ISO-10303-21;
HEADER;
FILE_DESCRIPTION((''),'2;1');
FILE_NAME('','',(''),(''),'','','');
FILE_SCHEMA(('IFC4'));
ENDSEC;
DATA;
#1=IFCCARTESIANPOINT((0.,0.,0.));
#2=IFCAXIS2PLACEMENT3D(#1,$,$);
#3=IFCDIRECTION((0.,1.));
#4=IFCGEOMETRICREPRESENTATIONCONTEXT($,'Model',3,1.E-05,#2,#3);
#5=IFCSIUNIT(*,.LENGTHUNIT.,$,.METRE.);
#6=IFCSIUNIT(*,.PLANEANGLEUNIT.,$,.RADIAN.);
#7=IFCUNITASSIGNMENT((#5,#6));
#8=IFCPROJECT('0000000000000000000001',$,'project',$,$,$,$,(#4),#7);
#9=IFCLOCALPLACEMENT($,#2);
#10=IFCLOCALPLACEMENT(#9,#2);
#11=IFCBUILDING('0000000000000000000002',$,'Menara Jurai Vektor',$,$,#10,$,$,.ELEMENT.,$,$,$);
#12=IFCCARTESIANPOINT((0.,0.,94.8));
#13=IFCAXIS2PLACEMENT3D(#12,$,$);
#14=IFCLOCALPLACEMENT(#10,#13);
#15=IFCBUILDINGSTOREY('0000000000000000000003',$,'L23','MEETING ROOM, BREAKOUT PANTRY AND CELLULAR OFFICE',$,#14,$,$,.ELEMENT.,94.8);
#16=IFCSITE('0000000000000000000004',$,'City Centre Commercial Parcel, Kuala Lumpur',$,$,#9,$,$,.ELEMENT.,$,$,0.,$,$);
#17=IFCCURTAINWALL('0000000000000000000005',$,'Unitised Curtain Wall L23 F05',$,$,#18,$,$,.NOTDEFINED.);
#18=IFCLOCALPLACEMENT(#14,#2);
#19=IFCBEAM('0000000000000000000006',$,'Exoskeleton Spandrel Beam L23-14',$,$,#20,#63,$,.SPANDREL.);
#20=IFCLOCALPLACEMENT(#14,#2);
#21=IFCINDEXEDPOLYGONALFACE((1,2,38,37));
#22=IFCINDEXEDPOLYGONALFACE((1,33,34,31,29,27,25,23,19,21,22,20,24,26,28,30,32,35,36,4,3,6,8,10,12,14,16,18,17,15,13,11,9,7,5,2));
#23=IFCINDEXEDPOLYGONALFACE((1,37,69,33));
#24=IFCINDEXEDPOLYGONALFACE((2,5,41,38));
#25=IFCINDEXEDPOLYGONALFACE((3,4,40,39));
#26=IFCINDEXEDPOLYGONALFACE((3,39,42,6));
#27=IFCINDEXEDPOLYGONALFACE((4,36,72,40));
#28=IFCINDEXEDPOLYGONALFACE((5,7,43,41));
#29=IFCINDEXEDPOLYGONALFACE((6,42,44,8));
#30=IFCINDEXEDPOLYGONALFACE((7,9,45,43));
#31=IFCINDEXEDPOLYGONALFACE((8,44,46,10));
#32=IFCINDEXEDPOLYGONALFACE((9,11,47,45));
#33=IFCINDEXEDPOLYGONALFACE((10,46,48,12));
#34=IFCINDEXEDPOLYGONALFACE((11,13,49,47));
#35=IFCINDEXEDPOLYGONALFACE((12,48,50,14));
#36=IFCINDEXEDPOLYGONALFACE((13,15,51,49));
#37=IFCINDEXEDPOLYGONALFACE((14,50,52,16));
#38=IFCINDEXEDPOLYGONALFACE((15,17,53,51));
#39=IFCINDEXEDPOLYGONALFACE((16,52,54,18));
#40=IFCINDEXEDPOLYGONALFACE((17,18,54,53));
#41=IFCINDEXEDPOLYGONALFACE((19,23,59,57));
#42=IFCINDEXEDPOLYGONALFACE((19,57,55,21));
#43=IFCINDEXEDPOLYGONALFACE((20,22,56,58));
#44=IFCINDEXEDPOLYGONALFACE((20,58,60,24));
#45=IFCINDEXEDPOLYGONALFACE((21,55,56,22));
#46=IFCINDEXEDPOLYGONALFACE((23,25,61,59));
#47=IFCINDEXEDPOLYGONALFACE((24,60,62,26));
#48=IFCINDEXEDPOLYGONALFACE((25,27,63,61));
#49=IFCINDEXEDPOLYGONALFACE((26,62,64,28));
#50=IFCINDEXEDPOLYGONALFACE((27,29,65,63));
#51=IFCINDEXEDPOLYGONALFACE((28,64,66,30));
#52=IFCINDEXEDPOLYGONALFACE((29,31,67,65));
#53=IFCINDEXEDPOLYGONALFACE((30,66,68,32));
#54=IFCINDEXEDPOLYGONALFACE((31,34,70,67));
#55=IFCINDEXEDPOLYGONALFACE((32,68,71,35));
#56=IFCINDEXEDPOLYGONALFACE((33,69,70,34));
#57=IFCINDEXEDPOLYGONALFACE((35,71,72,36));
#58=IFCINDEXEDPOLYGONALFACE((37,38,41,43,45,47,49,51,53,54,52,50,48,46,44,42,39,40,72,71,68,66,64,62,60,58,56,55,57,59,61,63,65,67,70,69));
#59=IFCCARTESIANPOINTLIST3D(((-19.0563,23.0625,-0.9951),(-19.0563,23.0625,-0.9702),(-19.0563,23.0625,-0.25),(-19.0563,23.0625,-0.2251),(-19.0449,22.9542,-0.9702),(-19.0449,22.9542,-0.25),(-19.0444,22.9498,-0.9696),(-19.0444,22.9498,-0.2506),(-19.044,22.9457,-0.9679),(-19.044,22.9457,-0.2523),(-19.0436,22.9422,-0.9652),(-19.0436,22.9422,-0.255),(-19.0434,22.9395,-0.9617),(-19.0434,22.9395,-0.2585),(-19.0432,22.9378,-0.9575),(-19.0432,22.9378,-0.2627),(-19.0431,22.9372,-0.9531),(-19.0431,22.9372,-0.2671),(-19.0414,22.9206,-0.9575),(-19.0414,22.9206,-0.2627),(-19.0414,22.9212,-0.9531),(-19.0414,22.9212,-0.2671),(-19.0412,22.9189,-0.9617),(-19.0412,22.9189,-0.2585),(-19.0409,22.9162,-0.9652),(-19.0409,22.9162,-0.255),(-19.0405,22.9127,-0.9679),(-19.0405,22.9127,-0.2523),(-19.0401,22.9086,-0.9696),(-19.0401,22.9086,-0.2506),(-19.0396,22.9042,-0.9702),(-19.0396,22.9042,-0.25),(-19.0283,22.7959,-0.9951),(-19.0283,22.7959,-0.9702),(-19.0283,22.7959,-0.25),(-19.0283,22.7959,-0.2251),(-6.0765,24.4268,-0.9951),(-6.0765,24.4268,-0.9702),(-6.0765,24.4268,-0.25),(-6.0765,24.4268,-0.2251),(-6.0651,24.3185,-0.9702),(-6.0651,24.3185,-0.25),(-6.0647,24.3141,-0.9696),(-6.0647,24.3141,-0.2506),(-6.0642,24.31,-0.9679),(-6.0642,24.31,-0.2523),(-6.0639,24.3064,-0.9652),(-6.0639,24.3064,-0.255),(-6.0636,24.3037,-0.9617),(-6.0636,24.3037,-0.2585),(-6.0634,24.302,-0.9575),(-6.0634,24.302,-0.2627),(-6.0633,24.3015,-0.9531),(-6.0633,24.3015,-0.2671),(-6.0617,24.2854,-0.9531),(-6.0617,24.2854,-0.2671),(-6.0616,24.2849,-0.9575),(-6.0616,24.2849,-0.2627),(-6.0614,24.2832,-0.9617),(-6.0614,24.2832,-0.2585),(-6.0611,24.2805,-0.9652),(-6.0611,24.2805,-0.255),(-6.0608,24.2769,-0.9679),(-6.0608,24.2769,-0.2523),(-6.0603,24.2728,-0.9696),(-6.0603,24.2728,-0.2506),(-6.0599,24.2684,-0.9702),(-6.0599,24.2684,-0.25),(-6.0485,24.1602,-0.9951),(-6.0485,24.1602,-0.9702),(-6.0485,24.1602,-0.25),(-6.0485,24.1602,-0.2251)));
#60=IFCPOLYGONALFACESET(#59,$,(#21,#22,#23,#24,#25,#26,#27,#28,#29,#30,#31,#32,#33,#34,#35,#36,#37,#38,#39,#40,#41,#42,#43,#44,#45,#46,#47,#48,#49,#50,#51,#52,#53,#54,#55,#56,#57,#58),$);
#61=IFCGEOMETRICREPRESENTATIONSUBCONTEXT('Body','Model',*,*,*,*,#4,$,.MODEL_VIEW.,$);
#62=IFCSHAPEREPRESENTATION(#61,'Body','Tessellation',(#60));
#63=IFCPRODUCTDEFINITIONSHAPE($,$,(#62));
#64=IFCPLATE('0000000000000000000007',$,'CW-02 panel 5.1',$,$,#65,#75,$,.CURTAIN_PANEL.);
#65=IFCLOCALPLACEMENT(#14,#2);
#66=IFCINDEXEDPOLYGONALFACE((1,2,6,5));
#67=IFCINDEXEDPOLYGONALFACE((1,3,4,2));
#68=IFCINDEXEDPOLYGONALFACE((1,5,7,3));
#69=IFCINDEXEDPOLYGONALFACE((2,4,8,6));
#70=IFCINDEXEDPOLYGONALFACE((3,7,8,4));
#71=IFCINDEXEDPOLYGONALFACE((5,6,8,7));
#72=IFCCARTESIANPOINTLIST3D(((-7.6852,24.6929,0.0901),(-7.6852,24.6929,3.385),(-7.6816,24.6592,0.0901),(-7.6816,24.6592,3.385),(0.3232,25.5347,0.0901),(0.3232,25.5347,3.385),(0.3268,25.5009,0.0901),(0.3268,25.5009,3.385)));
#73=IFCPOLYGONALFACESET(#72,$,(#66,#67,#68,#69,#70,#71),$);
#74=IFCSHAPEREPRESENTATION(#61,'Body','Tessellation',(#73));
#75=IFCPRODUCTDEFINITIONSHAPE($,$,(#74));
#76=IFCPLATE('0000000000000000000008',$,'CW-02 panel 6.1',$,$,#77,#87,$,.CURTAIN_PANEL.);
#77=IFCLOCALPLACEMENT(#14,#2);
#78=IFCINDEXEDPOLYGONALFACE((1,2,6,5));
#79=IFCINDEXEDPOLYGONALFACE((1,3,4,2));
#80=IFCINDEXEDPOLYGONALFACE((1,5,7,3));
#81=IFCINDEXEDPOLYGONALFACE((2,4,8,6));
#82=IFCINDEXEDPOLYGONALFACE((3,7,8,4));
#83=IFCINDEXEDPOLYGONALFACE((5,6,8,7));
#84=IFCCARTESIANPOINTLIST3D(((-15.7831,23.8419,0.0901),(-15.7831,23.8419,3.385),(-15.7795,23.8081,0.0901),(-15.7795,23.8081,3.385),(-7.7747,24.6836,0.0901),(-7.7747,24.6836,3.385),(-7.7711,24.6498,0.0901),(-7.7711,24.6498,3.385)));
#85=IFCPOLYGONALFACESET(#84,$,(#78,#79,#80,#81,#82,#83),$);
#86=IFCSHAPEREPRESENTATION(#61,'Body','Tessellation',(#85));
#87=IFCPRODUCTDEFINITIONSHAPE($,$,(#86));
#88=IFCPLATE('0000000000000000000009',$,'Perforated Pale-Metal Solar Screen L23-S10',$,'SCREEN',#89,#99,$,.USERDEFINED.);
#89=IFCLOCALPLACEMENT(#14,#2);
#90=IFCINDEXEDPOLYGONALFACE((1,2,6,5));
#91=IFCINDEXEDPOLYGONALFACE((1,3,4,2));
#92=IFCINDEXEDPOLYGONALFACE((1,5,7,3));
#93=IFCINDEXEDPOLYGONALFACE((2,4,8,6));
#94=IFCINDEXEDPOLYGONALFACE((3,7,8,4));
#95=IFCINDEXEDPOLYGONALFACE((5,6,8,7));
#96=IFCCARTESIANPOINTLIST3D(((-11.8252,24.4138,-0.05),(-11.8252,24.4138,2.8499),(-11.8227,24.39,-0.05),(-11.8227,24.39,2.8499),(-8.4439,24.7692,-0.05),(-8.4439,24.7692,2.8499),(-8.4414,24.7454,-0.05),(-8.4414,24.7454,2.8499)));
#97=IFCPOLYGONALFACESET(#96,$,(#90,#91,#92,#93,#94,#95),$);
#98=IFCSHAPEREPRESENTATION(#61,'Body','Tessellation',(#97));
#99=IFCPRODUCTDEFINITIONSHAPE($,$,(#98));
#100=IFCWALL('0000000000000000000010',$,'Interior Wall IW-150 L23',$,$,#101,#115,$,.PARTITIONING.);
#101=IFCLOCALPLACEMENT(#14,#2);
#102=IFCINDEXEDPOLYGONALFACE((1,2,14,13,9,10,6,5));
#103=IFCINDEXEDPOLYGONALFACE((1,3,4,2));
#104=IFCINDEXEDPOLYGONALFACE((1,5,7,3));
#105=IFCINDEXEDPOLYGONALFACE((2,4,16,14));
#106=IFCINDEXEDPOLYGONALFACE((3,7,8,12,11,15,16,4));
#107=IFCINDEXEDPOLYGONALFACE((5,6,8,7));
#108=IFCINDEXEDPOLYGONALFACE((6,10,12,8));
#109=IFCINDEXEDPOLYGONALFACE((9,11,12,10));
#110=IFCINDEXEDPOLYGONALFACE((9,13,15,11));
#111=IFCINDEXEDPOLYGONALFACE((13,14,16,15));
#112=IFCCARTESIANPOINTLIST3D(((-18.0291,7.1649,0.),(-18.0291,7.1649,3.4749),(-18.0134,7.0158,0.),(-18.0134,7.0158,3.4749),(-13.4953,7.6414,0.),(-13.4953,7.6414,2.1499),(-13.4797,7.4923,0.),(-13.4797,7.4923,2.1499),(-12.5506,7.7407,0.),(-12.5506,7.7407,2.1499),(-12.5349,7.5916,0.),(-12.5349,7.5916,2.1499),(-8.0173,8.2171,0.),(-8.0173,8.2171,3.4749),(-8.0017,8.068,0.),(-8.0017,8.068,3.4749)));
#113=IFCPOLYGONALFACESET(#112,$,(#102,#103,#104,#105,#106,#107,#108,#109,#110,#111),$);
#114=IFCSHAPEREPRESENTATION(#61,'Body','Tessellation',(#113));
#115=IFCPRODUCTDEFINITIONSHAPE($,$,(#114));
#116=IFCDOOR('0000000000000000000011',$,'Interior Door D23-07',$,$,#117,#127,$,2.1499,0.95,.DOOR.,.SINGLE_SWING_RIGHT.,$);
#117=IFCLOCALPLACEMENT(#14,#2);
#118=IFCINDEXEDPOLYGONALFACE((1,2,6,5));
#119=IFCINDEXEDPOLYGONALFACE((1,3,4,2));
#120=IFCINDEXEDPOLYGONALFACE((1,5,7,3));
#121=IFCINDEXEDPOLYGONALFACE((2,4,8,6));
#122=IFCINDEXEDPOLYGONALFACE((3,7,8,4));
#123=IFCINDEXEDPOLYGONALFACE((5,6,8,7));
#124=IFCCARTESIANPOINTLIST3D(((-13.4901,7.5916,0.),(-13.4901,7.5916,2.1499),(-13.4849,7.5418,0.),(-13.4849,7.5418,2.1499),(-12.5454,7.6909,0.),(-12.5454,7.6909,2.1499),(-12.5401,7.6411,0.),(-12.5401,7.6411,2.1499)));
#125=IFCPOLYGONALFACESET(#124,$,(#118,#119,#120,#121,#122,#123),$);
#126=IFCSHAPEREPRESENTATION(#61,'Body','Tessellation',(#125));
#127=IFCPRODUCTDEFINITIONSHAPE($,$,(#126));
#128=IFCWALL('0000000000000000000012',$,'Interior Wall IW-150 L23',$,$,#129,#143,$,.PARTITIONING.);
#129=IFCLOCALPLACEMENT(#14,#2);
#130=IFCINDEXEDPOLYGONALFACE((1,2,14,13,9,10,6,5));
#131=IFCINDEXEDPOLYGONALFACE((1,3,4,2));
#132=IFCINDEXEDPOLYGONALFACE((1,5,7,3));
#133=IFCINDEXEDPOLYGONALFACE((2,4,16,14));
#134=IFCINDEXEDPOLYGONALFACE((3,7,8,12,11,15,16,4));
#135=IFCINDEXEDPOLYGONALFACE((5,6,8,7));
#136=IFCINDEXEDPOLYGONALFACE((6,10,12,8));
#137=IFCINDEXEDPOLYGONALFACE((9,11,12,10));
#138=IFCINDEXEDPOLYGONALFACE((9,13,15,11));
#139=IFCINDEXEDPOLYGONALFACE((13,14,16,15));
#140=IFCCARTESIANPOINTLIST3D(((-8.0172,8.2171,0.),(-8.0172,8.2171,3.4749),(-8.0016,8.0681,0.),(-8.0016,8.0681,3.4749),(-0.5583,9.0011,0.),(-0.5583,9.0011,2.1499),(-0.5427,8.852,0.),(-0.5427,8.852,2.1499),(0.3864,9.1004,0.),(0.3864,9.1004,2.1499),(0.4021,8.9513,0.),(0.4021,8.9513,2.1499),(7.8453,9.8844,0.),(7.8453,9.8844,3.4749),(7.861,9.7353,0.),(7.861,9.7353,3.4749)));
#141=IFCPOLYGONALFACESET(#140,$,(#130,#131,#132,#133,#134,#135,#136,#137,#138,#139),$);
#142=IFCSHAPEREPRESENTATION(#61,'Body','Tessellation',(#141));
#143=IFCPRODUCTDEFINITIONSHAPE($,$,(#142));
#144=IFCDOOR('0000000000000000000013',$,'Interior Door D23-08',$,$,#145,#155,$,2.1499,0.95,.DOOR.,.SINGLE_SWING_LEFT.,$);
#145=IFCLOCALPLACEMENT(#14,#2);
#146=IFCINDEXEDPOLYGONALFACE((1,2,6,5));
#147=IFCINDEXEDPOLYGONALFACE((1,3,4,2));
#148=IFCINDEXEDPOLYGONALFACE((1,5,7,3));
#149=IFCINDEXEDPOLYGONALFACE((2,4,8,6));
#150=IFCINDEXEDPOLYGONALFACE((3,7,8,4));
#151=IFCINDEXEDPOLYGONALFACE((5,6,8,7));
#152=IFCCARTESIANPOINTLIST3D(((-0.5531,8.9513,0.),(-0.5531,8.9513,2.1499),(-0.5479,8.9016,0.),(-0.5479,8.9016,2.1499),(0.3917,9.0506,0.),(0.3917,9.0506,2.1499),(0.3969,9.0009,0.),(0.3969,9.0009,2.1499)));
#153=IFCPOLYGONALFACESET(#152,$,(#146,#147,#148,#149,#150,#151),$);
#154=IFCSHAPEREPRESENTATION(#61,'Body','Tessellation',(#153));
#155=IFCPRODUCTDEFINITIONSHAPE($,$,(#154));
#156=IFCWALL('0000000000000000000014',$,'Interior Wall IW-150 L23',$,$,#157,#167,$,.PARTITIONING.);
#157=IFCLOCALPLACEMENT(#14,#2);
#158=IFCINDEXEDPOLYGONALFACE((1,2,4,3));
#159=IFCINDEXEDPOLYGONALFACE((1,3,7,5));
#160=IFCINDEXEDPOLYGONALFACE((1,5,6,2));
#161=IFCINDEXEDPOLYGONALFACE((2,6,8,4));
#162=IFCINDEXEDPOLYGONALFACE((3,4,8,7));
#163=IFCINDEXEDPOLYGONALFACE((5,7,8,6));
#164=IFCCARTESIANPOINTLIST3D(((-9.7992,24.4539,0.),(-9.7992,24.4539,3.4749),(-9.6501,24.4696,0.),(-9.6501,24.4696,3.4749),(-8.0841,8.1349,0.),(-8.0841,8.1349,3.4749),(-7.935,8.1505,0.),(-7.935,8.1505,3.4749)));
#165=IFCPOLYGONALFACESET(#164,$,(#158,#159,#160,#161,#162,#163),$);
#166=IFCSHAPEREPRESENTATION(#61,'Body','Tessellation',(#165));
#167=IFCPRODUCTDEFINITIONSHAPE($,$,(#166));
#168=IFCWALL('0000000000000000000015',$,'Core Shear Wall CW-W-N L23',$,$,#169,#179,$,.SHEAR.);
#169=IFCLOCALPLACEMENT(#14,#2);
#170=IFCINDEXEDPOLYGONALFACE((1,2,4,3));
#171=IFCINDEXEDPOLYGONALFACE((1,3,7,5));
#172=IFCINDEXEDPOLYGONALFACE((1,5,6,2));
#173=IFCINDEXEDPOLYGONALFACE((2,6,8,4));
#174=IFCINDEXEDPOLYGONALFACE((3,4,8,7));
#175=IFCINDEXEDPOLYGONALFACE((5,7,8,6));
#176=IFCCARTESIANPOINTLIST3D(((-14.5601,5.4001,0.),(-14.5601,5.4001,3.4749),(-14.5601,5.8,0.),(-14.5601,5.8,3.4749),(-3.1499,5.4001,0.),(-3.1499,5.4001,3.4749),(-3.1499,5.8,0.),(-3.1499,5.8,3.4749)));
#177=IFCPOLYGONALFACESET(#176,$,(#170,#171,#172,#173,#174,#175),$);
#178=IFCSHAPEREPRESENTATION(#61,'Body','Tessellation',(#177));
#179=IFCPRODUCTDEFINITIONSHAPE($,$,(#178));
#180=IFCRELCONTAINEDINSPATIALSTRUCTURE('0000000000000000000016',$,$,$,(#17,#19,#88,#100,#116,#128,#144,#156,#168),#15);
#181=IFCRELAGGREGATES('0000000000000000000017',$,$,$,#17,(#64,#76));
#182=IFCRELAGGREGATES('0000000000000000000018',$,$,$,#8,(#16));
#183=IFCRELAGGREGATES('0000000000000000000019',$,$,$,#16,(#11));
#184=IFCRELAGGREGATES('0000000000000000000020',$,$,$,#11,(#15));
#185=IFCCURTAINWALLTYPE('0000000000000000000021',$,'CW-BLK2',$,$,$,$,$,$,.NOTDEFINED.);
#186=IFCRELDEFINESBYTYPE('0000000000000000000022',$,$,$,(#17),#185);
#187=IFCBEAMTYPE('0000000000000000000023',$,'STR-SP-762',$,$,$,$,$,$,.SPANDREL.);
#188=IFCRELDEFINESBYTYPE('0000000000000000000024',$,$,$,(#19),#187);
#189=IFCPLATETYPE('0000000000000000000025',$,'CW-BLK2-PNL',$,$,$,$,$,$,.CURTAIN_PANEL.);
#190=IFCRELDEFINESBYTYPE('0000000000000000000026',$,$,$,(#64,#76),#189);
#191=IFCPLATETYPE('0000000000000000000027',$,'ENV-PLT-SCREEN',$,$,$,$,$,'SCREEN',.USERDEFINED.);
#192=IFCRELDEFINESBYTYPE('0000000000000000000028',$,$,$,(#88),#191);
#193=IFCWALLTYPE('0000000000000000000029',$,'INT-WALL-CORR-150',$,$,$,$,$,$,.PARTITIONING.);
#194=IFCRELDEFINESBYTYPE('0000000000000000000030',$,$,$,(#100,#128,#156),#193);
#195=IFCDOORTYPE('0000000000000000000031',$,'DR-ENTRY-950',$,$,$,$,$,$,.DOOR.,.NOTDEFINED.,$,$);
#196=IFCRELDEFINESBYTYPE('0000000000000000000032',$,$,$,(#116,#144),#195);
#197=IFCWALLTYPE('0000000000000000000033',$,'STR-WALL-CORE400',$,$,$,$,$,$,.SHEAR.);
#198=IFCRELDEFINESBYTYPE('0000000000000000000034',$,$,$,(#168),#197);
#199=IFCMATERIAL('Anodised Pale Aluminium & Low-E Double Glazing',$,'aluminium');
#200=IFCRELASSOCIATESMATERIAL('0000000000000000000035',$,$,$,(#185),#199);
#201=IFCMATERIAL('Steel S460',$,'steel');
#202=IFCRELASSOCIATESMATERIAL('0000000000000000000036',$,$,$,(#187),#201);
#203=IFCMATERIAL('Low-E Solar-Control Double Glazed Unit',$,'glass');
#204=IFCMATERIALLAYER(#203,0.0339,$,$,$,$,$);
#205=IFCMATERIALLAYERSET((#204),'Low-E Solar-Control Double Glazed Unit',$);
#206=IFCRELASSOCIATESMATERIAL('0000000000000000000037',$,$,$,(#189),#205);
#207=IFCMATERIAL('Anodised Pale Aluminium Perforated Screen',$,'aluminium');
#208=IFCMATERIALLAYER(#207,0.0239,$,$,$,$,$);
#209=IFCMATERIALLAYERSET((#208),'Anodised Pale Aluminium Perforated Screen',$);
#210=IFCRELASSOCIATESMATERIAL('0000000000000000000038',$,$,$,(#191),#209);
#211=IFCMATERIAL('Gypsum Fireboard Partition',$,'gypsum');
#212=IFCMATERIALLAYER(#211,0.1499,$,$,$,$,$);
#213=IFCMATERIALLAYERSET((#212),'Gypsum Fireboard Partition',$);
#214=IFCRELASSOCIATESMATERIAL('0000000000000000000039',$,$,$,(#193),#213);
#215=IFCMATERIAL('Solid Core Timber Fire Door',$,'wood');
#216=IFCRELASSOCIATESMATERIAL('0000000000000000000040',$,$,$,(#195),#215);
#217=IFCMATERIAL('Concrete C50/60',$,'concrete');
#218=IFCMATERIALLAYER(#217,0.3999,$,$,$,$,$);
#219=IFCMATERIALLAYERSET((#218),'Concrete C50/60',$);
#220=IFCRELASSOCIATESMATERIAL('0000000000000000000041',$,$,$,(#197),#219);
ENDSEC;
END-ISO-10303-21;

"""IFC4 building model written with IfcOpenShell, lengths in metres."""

from ifc_helpers import new_model, si_unit, direction, frame, frame_2d, origin, origin_2d, place, context, subcontext, project, spatial, rectangle, i_section, extrude, material, layer, layer_set, material_profile, profile_set, type_object, element, fill, aggregate, save


model = new_model("IFC4")

# Units and contexts
model_context = context("Model", 3, precision=1e-05, world=origin(), true_north=direction((0.0, 1.0)))
body_context = subcontext(model_context, "Body", "Model", "MODEL_VIEW")
ifc_project = project(units=[si_unit("LENGTHUNIT", "METRE"), si_unit("PLANEANGLEUNIT", "RADIAN")], contexts=[model_context])

# Site, building, storey
site_placement = place(None, origin())
site = spatial("IfcSite", under=ifc_project, at=site_placement, Name="City Centre Commercial Parcel, Kuala Lumpur", CompositionType="ELEMENT", RefElevation=0.0)
building_placement = place(site_placement, origin())
building = spatial("IfcBuilding", under=site, at=building_placement, Name="Menara Jurai Vektor", CompositionType="ELEMENT")
storey_placement = place(building_placement, frame((0.0, 0.0, 94.8)))
storey = spatial("IfcBuildingStorey", under=building, at=storey_placement, Name="L23", Description="MEETING ROOM, BREAKOUT PANTRY AND CELLULAR OFFICE", CompositionType="ELEMENT", Elevation=94.8)

# Shared definitions
ifc_material_1 = material(Name="Steel S460", Category="steel")

# Curtain wall
ifc_material_2 = material(Name="Anodised Pale Aluminium & Low-E Double Glazing", Category="aluminium")
curtain_wall_type = type_object("IfcCurtainWallType", Name="CW-BLK2", PredefinedType="NOTDEFINED", material=ifc_material_2)
curtain_wall_placement = place(storey_placement, origin())
curtain_wall = element("IfcCurtainWall", 1, at=curtain_wall_placement, inside=storey, type_object=curtain_wall_type, Name="Unitised Curtain Wall L23 F05", PredefinedType="NOTDEFINED")

# Beam
ifc_material_profile_1 = material_profile(ifc_material_1, i_section(OverallWidth=0.2681, OverallDepth=0.77, WebThickness=0.0161, FlangeThickness=0.0249, FilletRadius=0.0171, at=origin_2d()), Name="UKB 762x267x197")
ifc_profile_set_1 = profile_set([ifc_material_profile_1], Name="Steel S460")
beam_type_1 = type_object("IfcBeamType", Name="STR-SP-762", PredefinedType="SPANDREL", material=ifc_profile_set_1)
beam_1_placement = place(storey_placement, frame((-6.0625, 24.2935, -0.6101), z_axis=(-0.994522, -0.104531, 0.0), x_axis=(0.104531, -0.994522, 0.0)))
element("IfcBeam", 2, at=beam_1_placement, inside=storey, type_object=beam_type_1, Name="Exoskeleton Spandrel Beam L23-14", PredefinedType="SPANDREL", context=body_context, shape_type="SweptSolid", body=[
    extrude(i_section(OverallWidth=0.2681, OverallDepth=0.77, WebThickness=0.0161, FlangeThickness=0.0249, FilletRadius=0.0171, at=origin_2d()), origin(), (0.0, 0.0, 1.0), 13.0513),
])

# Plates
ifc_material_3 = material(Name="Low-E Solar-Control Double Glazed Unit", Category="glass")
ifc_layer_1 = layer(ifc_material_3, 0.0339)
ifc_layer_set_1 = layer_set([ifc_layer_1], Name="Low-E Solar-Control Double Glazed Unit")
plate_type_1 = type_object("IfcPlateType", Name="CW-BLK2-PNL", PredefinedType="CURTAIN_PANEL", material=ifc_layer_set_1)
plate_1_placement = place(storey_placement, frame((-3.6792, 25.0969, 0.0901), z_axis=(0.0, 0.0, 1.0), x_axis=(-0.994522, -0.104529, 0.0)))
plate_1 = element("IfcPlate", 3, at=plate_1_placement, type_object=plate_type_1, Name="CW-02 panel 5.1", PredefinedType="CURTAIN_PANEL", context=body_context, shape_type="SweptSolid", body=[
    extrude(rectangle(XDim=8.0525, YDim=0.0339, at=origin_2d()), origin(), (0.0, 0.0, 1.0), 3.2949),
])
plate_2_placement = place(storey_placement, frame((-11.7771, 24.2458, 0.0901), z_axis=(0.0, 0.0, 1.0), x_axis=(-0.994522, -0.104529, 0.0)))
plate_2 = element("IfcPlate", 4, at=plate_2_placement, type_object=plate_type_1, Name="CW-02 panel 6.1", PredefinedType="CURTAIN_PANEL", context=body_context, shape_type="SweptSolid", body=[
    extrude(rectangle(XDim=8.0525, YDim=0.0339, at=origin_2d()), origin(), (0.0, 0.0, 1.0), 3.2949),
])
aggregate(curtain_wall, [plate_1, plate_2])
ifc_material_4 = material(Name="Anodised Pale Aluminium Perforated Screen", Category="aluminium")
ifc_layer_2 = layer(ifc_material_4, 0.0239)
ifc_layer_set_2 = layer_set([ifc_layer_2], Name="Anodised Pale Aluminium Perforated Screen")
plate_type_2 = type_object("IfcPlateType", Name="ENV-PLT-SCREEN", ElementType="SCREEN", PredefinedType="USERDEFINED", material=ifc_layer_set_2)
plate_3_placement = place(storey_placement, frame((-10.1333, 24.5796, -0.05), z_axis=(0.0, 0.0, 1.0), x_axis=(-0.994522, -0.104528, 0.0)))
element("IfcPlate", 5, at=plate_3_placement, inside=storey, type_object=plate_type_2, Name="Perforated Pale-Metal Solar Screen L23-S10", ObjectType="SCREEN", PredefinedType="USERDEFINED", context=body_context, shape_type="SweptSolid", body=[
    extrude(rectangle(XDim=3.3999, YDim=0.0239, at=origin_2d()), origin(), (0.0, 0.0, 1.0), 2.8999),
])

# Walls, openings, doors
ifc_material_5 = material(Name="Gypsum Fireboard Partition", Category="gypsum")
ifc_layer_3 = layer(ifc_material_5, 0.1499)
ifc_layer_set_3 = layer_set([ifc_layer_3], Name="Gypsum Fireboard Partition")
wall_type_1 = type_object("IfcWallType", Name="INT-WALL-CORR-150", PredefinedType="PARTITIONING", material=ifc_layer_set_3)
wall_1_placement = place(storey_placement, frame((-18.0212, 7.0903, 0.0), z_axis=(0.0, 0.0, 1.0), x_axis=(0.994522, 0.104526, 0.0)))
wall_1 = element("IfcWall", 6, at=wall_1_placement, inside=storey, type_object=wall_type_1, Name="Interior Wall IW-150 L23", PredefinedType="PARTITIONING", context=body_context, shape_type="SweptSolid", body=[
    extrude(rectangle(XDim=10.0669, YDim=0.1499, at=frame_2d((5.0334, 0.0))), origin(), (0.0, 0.0, 1.0), 3.4749),
])
opening_1_placement = place(wall_1_placement, frame((4.5586, 0.0, 0.0)))
opening_1 = element("IfcOpeningElement", 7, at=opening_1_placement, cuts=wall_1, PredefinedType="OPENING", context=body_context, shape_type="SweptSolid", body=[
    extrude(rectangle(XDim=0.95, YDim=2.1499, at=frame_2d((0.4751, 1.075))), frame((0.0, 0.085, 0.0), z_axis=(0.0, -1.0, 0.0), x_axis=(1.0, 0.0, 0.0)), (0.0, 0.0, 1.0), 0.1699),
])
ifc_material_6 = material(Name="Solid Core Timber Fire Door", Category="wood")
door_type = type_object("IfcDoorType", Name="DR-ENTRY-950", OperationType="NOTDEFINED", PredefinedType="DOOR", material=ifc_material_6)
door_1_placement = place(opening_1_placement, origin())
door_1 = element("IfcDoor", 8, at=door_1_placement, inside=storey, type_object=door_type, Name="Interior Door D23-07", OperationType="SINGLE_SWING_RIGHT", OverallHeight=2.1499, OverallWidth=0.95, PredefinedType="DOOR", context=body_context, shape_type="SweptSolid", body=[
    extrude(rectangle(XDim=0.95, YDim=2.1499, at=frame_2d((0.4751, 1.075))), frame((0.0, 0.0249, 0.0), z_axis=(0.0, -1.0, 0.0), x_axis=(1.0, 0.0, 0.0)), (0.0, 0.0, 1.0), 0.05),
])
fill(opening_1, door_1)
wall_2_placement = place(storey_placement, frame((-8.0095, 8.1426, 0.0), z_axis=(0.0, 0.0, 1.0), x_axis=(0.994522, 0.104529, 0.0)))
wall_2 = element("IfcWall", 9, at=wall_2_placement, inside=storey, type_object=wall_type_1, Name="Interior Wall IW-150 L23", PredefinedType="PARTITIONING", context=body_context, shape_type="SweptSolid", body=[
    extrude(rectangle(XDim=15.95, YDim=0.1499, at=frame_2d((7.9751, 0.0))), origin(), (0.0, 0.0, 1.0), 3.4749),
])
opening_2_placement = place(wall_2_placement, frame((7.5, 0.0, 0.0)))
opening_2 = element("IfcOpeningElement", 10, at=opening_2_placement, cuts=wall_2, PredefinedType="OPENING", context=body_context, shape_type="SweptSolid", body=[
    extrude(rectangle(XDim=0.95, YDim=2.1499, at=frame_2d((0.4751, 1.075))), frame((0.0, 0.085, 0.0), z_axis=(0.0, -1.0, 0.0), x_axis=(1.0, 0.0, 0.0)), (0.0, 0.0, 1.0), 0.1699),
])
door_2_placement = place(opening_2_placement, origin())
door_2 = element("IfcDoor", 11, at=door_2_placement, inside=storey, type_object=door_type, Name="Interior Door D23-08", OperationType="SINGLE_SWING_LEFT", OverallHeight=2.1499, OverallWidth=0.95, PredefinedType="DOOR", context=body_context, shape_type="SweptSolid", body=[
    extrude(rectangle(XDim=0.95, YDim=2.1499, at=frame_2d((0.4751, 1.075))), frame((0.0, 0.0249, 0.0), z_axis=(0.0, -1.0, 0.0), x_axis=(1.0, 0.0, 0.0)), (0.0, 0.0, 1.0), 0.05),
])
fill(opening_2, door_2)

# Walls
wall_3_placement = place(storey_placement, frame((-8.0095, 8.1426, 0.0), z_axis=(0.0, 0.0, 1.0), x_axis=(-0.104521, 0.994523, 0.0)))
element("IfcWall", 12, at=wall_3_placement, inside=storey, type_object=wall_type_1, Name="Interior Wall IW-150 L23", PredefinedType="PARTITIONING", context=body_context, shape_type="SweptSolid", body=[
    extrude(rectangle(XDim=16.4089, YDim=0.1499, at=frame_2d((8.2046, 0.0))), origin(), (0.0, 0.0, 1.0), 3.4749),
])
ifc_material_7 = material(Name="Concrete C50/60", Category="concrete")
ifc_layer_4 = layer(ifc_material_7, 0.3999)
ifc_layer_set_4 = layer_set([ifc_layer_4], Name="Concrete C50/60")
wall_type_2 = type_object("IfcWallType", Name="STR-WALL-CORE400", PredefinedType="SHEAR", material=ifc_layer_set_4)
wall_4_placement = place(storey_placement, frame((-14.5601, 5.6001, 0.0), z_axis=(0.0, 0.0, 1.0), x_axis=(1.0, 0.0, 0.0)))
element("IfcWall", 13, at=wall_4_placement, inside=storey, type_object=wall_type_2, Name="Core Shear Wall CW-W-N L23", PredefinedType="SHEAR", context=body_context, shape_type="SweptSolid", body=[
    extrude(rectangle(XDim=11.4102, YDim=0.3999, at=frame_2d((5.7051, 0.0))), origin(), (0.0, 0.0, 1.0), 3.4749),
])

save(model, "model.ifc")
